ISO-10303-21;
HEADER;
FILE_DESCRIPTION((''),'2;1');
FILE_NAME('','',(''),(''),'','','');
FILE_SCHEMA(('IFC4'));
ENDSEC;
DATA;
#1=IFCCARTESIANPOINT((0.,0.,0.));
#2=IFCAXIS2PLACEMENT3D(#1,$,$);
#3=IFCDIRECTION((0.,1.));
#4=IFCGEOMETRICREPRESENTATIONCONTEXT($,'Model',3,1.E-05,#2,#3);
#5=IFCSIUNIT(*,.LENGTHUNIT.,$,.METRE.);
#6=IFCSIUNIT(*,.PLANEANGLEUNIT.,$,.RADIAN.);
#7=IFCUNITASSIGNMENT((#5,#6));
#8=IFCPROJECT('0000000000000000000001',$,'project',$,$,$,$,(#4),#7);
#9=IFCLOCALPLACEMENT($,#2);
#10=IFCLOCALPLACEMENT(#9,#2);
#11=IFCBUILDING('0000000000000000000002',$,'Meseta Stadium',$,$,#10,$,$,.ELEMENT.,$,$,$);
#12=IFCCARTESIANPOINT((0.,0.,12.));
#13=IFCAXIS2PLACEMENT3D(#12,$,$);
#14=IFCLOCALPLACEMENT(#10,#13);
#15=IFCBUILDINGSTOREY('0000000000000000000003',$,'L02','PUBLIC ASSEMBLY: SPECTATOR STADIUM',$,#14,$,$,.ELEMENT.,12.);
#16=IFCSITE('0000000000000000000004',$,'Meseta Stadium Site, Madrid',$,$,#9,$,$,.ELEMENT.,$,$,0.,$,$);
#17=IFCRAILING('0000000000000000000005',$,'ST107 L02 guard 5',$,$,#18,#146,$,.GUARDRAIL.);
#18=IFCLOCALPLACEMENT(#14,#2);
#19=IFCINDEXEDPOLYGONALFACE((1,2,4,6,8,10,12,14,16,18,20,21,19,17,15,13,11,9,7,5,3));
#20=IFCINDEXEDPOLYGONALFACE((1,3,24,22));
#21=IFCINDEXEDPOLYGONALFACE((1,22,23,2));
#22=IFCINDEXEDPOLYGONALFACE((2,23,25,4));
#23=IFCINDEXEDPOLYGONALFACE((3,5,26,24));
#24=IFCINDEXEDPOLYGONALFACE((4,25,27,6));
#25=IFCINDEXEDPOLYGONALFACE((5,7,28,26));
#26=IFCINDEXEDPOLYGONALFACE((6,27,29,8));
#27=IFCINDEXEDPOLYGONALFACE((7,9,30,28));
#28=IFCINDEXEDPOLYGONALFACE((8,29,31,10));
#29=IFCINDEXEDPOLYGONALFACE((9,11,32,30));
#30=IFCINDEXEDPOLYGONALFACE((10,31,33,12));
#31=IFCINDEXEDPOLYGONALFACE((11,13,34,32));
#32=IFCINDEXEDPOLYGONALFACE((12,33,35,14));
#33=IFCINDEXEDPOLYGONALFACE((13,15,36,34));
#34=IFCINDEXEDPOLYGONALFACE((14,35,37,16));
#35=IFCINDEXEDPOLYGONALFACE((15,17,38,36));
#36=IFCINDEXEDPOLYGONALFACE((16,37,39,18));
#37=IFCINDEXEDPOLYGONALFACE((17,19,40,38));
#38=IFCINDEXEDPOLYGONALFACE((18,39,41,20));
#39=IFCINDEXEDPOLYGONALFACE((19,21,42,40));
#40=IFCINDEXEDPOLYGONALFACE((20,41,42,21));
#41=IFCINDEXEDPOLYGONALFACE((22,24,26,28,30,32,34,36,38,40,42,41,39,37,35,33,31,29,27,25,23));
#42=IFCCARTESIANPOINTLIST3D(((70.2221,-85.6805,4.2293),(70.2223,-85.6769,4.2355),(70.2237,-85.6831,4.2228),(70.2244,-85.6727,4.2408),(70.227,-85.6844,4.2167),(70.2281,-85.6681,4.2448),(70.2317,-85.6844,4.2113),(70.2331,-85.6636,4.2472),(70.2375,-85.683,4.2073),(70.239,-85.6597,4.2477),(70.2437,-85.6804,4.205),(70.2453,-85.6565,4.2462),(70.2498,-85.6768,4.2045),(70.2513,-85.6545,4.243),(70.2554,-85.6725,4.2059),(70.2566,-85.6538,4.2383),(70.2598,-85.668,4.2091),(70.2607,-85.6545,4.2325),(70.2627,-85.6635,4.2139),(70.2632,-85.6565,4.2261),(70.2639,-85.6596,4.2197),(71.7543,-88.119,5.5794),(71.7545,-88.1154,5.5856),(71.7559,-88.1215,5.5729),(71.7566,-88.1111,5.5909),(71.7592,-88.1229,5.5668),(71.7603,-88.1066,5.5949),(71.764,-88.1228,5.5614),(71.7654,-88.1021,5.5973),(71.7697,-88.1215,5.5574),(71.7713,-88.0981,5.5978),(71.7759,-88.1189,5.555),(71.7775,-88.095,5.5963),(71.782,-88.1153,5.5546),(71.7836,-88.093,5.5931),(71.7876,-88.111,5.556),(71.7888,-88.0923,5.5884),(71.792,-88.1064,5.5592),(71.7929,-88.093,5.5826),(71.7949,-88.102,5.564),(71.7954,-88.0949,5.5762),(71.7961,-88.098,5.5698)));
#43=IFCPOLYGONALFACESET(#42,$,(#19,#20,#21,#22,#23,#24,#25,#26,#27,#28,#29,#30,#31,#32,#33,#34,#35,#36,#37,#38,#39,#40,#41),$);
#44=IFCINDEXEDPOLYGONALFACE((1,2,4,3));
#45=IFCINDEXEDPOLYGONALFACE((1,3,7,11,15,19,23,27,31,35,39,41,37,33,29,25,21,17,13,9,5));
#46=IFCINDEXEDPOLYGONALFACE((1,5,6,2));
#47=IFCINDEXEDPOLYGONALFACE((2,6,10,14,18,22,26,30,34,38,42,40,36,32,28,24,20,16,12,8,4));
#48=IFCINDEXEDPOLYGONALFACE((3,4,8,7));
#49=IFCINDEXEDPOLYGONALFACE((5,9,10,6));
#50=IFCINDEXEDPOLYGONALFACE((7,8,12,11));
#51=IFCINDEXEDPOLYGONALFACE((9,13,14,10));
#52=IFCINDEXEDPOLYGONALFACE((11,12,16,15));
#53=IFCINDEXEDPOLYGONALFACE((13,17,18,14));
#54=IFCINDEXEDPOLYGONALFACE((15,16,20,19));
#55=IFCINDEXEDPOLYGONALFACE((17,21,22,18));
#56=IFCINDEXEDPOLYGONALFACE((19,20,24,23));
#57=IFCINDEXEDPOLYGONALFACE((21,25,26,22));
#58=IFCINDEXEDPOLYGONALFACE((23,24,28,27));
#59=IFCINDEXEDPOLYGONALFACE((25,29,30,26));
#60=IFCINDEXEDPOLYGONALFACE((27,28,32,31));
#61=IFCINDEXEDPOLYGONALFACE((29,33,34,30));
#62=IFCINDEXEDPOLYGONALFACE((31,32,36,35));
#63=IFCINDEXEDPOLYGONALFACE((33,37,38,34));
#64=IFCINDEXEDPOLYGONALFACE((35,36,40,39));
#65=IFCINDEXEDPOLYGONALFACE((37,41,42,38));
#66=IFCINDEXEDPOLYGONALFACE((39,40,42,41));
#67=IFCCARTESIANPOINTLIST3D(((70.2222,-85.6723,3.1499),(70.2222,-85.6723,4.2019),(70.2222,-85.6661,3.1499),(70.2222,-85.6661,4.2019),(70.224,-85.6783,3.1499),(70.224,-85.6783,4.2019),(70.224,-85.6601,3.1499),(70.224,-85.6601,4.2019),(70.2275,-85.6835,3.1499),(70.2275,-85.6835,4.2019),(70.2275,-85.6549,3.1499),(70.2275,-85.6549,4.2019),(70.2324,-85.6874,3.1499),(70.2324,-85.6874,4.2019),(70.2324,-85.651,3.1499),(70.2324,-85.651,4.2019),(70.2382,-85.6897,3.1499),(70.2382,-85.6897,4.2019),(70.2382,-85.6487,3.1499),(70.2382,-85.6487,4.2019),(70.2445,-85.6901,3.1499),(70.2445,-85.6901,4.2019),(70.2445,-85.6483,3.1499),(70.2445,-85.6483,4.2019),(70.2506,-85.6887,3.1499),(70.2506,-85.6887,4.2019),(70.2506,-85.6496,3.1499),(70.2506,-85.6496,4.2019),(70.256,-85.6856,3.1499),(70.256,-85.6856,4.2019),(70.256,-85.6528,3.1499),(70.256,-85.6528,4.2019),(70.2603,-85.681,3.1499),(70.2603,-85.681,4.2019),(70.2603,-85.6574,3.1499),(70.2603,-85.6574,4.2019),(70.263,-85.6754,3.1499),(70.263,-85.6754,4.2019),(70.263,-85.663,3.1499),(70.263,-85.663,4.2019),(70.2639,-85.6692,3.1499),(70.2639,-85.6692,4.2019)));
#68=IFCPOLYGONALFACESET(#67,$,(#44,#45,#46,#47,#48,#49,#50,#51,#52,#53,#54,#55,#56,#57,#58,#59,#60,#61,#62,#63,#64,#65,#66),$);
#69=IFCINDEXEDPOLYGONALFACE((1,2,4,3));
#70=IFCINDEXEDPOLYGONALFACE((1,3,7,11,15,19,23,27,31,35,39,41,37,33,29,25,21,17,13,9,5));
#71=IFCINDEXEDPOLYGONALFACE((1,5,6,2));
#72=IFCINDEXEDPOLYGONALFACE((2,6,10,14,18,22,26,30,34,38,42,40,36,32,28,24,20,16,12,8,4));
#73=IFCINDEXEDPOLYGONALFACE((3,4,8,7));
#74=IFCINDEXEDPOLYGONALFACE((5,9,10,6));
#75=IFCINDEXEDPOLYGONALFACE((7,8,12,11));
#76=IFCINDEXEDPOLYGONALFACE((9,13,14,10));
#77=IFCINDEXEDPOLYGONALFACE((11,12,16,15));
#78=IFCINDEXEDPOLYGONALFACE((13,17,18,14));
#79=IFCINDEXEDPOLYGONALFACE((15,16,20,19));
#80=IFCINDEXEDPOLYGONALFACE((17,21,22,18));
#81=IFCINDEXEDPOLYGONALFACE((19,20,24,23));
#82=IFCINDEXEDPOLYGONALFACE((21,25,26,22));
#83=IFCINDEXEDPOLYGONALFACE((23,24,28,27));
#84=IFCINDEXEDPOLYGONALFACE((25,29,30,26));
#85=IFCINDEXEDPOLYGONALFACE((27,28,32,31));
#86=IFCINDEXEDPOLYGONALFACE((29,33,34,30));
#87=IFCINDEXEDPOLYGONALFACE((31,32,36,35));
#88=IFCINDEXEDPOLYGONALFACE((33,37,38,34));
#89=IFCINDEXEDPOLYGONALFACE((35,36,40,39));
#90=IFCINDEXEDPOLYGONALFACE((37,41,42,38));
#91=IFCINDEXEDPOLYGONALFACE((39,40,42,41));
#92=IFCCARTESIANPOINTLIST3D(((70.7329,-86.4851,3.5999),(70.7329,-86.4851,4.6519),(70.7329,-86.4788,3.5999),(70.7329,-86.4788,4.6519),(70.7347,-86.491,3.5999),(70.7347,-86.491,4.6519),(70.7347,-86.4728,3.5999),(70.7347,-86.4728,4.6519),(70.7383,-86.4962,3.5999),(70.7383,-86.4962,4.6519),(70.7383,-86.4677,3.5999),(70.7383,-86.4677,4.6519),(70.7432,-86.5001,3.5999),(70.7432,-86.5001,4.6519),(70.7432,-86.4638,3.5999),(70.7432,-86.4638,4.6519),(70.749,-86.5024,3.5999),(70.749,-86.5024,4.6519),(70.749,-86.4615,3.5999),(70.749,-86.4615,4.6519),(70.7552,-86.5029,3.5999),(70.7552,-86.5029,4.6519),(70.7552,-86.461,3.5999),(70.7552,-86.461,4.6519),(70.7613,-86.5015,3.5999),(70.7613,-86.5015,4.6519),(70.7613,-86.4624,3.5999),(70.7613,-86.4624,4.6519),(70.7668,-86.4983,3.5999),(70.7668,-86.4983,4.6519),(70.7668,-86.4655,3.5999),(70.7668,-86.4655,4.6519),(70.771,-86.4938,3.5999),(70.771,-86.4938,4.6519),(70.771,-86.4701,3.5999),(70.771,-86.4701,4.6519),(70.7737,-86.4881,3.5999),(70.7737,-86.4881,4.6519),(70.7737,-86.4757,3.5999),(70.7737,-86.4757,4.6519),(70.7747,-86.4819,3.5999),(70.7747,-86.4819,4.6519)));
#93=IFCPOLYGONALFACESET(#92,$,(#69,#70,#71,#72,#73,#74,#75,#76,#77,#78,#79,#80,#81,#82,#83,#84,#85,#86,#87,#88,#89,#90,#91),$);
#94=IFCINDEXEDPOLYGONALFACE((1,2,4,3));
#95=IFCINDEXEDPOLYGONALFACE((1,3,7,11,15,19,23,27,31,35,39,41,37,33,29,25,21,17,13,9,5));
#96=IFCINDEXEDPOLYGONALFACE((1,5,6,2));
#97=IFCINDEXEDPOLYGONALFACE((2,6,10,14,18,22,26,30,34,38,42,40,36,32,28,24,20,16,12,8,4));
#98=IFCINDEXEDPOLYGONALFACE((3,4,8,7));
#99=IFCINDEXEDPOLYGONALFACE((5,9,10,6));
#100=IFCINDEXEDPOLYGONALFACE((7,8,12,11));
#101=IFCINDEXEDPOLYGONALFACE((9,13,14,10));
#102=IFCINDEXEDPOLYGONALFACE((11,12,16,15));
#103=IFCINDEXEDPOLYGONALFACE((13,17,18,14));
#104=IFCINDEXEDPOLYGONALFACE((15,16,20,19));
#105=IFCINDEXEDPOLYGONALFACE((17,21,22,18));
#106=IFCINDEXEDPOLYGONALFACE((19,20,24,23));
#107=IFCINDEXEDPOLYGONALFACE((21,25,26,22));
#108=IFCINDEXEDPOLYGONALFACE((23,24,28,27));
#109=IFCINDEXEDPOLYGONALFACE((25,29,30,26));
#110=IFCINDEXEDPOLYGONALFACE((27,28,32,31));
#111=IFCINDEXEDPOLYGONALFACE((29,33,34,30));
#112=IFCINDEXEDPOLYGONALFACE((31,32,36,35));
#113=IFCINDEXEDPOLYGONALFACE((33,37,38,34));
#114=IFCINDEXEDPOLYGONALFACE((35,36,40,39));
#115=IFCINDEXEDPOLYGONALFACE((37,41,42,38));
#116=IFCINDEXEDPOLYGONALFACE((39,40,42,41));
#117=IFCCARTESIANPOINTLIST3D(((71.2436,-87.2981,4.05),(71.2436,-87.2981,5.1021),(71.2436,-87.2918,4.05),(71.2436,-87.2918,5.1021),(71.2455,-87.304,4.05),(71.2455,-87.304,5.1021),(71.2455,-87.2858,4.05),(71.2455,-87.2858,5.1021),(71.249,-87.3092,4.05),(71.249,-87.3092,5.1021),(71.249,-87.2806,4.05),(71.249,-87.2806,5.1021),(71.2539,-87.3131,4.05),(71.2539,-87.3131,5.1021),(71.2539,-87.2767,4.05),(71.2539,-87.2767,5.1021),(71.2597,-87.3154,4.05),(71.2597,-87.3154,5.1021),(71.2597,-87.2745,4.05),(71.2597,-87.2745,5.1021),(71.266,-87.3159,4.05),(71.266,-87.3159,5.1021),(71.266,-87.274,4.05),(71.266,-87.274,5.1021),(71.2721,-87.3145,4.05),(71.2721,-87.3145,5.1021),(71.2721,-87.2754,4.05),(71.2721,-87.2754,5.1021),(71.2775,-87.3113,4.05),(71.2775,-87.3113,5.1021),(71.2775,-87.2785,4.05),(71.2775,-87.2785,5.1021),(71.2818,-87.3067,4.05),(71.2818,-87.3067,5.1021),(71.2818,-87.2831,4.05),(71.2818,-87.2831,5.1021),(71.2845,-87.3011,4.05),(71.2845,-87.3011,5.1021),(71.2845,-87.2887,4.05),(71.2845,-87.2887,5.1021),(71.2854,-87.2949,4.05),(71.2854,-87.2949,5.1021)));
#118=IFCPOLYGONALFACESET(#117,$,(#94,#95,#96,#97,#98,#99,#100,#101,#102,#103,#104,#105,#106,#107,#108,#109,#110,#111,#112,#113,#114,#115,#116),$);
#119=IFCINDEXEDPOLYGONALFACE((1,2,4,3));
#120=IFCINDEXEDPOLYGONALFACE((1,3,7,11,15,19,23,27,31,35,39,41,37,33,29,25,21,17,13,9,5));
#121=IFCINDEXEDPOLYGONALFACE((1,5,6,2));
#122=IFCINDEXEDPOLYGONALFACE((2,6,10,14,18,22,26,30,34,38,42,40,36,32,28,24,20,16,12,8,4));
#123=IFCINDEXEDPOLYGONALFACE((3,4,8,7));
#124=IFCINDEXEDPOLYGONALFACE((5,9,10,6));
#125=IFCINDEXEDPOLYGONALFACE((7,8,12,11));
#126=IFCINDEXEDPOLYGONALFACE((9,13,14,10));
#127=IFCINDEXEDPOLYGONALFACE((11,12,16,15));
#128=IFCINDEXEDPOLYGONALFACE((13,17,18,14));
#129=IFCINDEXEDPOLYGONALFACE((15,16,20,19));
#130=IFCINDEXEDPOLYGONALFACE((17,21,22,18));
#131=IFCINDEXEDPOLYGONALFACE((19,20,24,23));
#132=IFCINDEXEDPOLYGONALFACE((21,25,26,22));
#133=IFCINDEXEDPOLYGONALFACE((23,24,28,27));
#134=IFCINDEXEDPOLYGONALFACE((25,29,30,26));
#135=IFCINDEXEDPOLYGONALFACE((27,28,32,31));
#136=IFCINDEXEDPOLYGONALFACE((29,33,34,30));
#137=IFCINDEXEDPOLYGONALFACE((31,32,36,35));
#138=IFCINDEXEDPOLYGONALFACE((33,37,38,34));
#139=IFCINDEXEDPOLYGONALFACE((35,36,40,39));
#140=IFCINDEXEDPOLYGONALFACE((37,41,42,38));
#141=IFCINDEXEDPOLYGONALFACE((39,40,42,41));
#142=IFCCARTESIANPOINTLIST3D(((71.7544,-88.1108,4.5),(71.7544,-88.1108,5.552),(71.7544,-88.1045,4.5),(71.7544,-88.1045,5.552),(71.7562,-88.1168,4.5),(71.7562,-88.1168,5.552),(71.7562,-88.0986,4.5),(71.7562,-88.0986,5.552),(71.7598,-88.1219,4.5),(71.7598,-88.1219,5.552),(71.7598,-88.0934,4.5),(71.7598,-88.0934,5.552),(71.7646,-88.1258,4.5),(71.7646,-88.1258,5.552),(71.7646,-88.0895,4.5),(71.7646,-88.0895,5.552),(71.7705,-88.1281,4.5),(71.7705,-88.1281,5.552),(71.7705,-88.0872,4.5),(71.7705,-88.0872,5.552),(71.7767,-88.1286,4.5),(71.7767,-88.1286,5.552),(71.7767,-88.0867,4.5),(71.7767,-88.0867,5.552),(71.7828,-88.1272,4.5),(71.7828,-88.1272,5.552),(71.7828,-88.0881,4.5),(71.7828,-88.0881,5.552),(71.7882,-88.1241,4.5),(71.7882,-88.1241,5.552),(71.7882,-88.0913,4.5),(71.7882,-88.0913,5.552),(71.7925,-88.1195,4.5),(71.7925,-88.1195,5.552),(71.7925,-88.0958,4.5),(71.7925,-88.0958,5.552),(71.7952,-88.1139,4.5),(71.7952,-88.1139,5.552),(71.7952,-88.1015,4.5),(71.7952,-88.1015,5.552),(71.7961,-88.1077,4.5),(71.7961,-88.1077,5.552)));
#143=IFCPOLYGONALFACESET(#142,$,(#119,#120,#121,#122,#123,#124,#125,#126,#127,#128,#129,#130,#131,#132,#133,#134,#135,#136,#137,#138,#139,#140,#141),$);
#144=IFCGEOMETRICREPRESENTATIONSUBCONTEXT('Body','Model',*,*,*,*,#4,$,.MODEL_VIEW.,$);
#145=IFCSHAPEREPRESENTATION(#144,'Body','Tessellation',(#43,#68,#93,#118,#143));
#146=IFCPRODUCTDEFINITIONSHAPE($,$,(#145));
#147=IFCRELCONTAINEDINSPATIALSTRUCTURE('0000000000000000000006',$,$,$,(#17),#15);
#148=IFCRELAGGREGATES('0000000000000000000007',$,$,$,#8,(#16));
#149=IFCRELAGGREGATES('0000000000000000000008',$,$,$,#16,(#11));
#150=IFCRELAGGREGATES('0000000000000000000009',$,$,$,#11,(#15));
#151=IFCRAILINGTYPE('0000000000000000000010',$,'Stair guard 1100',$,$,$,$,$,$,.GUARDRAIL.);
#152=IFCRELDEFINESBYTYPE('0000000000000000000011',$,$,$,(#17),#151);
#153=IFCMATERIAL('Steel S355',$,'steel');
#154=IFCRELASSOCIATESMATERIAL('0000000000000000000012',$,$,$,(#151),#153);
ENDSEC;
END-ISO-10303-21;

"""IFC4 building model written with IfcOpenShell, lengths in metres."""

from ifc_helpers import new_model, si_unit, direction, frame, origin, origin_2d, place, context, subcontext, project, spatial, circle, extrude, material, type_object, element, save


model = new_model("IFC4")

# Units and contexts
model_context = context("Model", 3, precision=1e-05, world=origin(), true_north=direction((0.0, 1.0)))
body_context = subcontext(model_context, "Body", "Model", "MODEL_VIEW")
ifc_project = project(units=[si_unit("LENGTHUNIT", "METRE"), si_unit("PLANEANGLEUNIT", "RADIAN")], contexts=[model_context])

# Site, building, storey
site_placement = place(None, origin())
site = spatial("IfcSite", under=ifc_project, at=site_placement, Name="Meseta Stadium Site, Madrid", CompositionType="ELEMENT", RefElevation=0.0)
building_placement = place(site_placement, origin())
building = spatial("IfcBuilding", under=site, at=building_placement, Name="Meseta Stadium", CompositionType="ELEMENT")
storey_placement = place(building_placement, frame((0.0, 0.0, 12.0)))
storey = spatial("IfcBuildingStorey", under=building, at=storey_placement, Name="L02", Description="PUBLIC ASSEMBLY: SPECTATOR STADIUM", CompositionType="ELEMENT", Elevation=12.0)

# Railing
ifc_material_1 = material(Name="Steel S355", Category="steel")
railing_type_1 = type_object("IfcRailingType", Name="Stair guard 1100", PredefinedType="GUARDRAIL", material=ifc_material_1)
railing_1_placement = place(storey_placement, frame((70.2429, -85.6692, 3.1499)))
element("IfcRailing", 1, at=railing_1_placement, inside=storey, type_object=railing_type_1, Name="ST107 L02 guard 5", PredefinedType="GUARDRAIL", context=body_context, shape_type="SweptSolid", body=[
    extrude(circle(Radius=0.0239, at=origin_2d()), frame((0.0, 0.0, 1.0762), z_axis=(0.481731, -0.766655, 0.42447), x_axis=(0.846719, 0.53204, 0.0)), (0.0, 0.0, 1.0), 3.1807),
    extrude(circle(Radius=0.021, at=origin_2d()), origin(), (0.0, 0.0, 1.0), 1.052),
    extrude(circle(Radius=0.021, at=origin_2d()), frame((0.5107, -0.8127, 0.45)), (0.0, 0.0, 1.0), 1.052),
    extrude(circle(Radius=0.021, at=origin_2d()), frame((1.0215, -1.6257, 0.9001)), (0.0, 0.0, 1.0), 1.052),
    extrude(circle(Radius=0.021, at=origin_2d()), frame((1.5322, -2.4385, 1.3501)), (0.0, 0.0, 1.0), 1.052),
])

save(model, "model.ifc")
